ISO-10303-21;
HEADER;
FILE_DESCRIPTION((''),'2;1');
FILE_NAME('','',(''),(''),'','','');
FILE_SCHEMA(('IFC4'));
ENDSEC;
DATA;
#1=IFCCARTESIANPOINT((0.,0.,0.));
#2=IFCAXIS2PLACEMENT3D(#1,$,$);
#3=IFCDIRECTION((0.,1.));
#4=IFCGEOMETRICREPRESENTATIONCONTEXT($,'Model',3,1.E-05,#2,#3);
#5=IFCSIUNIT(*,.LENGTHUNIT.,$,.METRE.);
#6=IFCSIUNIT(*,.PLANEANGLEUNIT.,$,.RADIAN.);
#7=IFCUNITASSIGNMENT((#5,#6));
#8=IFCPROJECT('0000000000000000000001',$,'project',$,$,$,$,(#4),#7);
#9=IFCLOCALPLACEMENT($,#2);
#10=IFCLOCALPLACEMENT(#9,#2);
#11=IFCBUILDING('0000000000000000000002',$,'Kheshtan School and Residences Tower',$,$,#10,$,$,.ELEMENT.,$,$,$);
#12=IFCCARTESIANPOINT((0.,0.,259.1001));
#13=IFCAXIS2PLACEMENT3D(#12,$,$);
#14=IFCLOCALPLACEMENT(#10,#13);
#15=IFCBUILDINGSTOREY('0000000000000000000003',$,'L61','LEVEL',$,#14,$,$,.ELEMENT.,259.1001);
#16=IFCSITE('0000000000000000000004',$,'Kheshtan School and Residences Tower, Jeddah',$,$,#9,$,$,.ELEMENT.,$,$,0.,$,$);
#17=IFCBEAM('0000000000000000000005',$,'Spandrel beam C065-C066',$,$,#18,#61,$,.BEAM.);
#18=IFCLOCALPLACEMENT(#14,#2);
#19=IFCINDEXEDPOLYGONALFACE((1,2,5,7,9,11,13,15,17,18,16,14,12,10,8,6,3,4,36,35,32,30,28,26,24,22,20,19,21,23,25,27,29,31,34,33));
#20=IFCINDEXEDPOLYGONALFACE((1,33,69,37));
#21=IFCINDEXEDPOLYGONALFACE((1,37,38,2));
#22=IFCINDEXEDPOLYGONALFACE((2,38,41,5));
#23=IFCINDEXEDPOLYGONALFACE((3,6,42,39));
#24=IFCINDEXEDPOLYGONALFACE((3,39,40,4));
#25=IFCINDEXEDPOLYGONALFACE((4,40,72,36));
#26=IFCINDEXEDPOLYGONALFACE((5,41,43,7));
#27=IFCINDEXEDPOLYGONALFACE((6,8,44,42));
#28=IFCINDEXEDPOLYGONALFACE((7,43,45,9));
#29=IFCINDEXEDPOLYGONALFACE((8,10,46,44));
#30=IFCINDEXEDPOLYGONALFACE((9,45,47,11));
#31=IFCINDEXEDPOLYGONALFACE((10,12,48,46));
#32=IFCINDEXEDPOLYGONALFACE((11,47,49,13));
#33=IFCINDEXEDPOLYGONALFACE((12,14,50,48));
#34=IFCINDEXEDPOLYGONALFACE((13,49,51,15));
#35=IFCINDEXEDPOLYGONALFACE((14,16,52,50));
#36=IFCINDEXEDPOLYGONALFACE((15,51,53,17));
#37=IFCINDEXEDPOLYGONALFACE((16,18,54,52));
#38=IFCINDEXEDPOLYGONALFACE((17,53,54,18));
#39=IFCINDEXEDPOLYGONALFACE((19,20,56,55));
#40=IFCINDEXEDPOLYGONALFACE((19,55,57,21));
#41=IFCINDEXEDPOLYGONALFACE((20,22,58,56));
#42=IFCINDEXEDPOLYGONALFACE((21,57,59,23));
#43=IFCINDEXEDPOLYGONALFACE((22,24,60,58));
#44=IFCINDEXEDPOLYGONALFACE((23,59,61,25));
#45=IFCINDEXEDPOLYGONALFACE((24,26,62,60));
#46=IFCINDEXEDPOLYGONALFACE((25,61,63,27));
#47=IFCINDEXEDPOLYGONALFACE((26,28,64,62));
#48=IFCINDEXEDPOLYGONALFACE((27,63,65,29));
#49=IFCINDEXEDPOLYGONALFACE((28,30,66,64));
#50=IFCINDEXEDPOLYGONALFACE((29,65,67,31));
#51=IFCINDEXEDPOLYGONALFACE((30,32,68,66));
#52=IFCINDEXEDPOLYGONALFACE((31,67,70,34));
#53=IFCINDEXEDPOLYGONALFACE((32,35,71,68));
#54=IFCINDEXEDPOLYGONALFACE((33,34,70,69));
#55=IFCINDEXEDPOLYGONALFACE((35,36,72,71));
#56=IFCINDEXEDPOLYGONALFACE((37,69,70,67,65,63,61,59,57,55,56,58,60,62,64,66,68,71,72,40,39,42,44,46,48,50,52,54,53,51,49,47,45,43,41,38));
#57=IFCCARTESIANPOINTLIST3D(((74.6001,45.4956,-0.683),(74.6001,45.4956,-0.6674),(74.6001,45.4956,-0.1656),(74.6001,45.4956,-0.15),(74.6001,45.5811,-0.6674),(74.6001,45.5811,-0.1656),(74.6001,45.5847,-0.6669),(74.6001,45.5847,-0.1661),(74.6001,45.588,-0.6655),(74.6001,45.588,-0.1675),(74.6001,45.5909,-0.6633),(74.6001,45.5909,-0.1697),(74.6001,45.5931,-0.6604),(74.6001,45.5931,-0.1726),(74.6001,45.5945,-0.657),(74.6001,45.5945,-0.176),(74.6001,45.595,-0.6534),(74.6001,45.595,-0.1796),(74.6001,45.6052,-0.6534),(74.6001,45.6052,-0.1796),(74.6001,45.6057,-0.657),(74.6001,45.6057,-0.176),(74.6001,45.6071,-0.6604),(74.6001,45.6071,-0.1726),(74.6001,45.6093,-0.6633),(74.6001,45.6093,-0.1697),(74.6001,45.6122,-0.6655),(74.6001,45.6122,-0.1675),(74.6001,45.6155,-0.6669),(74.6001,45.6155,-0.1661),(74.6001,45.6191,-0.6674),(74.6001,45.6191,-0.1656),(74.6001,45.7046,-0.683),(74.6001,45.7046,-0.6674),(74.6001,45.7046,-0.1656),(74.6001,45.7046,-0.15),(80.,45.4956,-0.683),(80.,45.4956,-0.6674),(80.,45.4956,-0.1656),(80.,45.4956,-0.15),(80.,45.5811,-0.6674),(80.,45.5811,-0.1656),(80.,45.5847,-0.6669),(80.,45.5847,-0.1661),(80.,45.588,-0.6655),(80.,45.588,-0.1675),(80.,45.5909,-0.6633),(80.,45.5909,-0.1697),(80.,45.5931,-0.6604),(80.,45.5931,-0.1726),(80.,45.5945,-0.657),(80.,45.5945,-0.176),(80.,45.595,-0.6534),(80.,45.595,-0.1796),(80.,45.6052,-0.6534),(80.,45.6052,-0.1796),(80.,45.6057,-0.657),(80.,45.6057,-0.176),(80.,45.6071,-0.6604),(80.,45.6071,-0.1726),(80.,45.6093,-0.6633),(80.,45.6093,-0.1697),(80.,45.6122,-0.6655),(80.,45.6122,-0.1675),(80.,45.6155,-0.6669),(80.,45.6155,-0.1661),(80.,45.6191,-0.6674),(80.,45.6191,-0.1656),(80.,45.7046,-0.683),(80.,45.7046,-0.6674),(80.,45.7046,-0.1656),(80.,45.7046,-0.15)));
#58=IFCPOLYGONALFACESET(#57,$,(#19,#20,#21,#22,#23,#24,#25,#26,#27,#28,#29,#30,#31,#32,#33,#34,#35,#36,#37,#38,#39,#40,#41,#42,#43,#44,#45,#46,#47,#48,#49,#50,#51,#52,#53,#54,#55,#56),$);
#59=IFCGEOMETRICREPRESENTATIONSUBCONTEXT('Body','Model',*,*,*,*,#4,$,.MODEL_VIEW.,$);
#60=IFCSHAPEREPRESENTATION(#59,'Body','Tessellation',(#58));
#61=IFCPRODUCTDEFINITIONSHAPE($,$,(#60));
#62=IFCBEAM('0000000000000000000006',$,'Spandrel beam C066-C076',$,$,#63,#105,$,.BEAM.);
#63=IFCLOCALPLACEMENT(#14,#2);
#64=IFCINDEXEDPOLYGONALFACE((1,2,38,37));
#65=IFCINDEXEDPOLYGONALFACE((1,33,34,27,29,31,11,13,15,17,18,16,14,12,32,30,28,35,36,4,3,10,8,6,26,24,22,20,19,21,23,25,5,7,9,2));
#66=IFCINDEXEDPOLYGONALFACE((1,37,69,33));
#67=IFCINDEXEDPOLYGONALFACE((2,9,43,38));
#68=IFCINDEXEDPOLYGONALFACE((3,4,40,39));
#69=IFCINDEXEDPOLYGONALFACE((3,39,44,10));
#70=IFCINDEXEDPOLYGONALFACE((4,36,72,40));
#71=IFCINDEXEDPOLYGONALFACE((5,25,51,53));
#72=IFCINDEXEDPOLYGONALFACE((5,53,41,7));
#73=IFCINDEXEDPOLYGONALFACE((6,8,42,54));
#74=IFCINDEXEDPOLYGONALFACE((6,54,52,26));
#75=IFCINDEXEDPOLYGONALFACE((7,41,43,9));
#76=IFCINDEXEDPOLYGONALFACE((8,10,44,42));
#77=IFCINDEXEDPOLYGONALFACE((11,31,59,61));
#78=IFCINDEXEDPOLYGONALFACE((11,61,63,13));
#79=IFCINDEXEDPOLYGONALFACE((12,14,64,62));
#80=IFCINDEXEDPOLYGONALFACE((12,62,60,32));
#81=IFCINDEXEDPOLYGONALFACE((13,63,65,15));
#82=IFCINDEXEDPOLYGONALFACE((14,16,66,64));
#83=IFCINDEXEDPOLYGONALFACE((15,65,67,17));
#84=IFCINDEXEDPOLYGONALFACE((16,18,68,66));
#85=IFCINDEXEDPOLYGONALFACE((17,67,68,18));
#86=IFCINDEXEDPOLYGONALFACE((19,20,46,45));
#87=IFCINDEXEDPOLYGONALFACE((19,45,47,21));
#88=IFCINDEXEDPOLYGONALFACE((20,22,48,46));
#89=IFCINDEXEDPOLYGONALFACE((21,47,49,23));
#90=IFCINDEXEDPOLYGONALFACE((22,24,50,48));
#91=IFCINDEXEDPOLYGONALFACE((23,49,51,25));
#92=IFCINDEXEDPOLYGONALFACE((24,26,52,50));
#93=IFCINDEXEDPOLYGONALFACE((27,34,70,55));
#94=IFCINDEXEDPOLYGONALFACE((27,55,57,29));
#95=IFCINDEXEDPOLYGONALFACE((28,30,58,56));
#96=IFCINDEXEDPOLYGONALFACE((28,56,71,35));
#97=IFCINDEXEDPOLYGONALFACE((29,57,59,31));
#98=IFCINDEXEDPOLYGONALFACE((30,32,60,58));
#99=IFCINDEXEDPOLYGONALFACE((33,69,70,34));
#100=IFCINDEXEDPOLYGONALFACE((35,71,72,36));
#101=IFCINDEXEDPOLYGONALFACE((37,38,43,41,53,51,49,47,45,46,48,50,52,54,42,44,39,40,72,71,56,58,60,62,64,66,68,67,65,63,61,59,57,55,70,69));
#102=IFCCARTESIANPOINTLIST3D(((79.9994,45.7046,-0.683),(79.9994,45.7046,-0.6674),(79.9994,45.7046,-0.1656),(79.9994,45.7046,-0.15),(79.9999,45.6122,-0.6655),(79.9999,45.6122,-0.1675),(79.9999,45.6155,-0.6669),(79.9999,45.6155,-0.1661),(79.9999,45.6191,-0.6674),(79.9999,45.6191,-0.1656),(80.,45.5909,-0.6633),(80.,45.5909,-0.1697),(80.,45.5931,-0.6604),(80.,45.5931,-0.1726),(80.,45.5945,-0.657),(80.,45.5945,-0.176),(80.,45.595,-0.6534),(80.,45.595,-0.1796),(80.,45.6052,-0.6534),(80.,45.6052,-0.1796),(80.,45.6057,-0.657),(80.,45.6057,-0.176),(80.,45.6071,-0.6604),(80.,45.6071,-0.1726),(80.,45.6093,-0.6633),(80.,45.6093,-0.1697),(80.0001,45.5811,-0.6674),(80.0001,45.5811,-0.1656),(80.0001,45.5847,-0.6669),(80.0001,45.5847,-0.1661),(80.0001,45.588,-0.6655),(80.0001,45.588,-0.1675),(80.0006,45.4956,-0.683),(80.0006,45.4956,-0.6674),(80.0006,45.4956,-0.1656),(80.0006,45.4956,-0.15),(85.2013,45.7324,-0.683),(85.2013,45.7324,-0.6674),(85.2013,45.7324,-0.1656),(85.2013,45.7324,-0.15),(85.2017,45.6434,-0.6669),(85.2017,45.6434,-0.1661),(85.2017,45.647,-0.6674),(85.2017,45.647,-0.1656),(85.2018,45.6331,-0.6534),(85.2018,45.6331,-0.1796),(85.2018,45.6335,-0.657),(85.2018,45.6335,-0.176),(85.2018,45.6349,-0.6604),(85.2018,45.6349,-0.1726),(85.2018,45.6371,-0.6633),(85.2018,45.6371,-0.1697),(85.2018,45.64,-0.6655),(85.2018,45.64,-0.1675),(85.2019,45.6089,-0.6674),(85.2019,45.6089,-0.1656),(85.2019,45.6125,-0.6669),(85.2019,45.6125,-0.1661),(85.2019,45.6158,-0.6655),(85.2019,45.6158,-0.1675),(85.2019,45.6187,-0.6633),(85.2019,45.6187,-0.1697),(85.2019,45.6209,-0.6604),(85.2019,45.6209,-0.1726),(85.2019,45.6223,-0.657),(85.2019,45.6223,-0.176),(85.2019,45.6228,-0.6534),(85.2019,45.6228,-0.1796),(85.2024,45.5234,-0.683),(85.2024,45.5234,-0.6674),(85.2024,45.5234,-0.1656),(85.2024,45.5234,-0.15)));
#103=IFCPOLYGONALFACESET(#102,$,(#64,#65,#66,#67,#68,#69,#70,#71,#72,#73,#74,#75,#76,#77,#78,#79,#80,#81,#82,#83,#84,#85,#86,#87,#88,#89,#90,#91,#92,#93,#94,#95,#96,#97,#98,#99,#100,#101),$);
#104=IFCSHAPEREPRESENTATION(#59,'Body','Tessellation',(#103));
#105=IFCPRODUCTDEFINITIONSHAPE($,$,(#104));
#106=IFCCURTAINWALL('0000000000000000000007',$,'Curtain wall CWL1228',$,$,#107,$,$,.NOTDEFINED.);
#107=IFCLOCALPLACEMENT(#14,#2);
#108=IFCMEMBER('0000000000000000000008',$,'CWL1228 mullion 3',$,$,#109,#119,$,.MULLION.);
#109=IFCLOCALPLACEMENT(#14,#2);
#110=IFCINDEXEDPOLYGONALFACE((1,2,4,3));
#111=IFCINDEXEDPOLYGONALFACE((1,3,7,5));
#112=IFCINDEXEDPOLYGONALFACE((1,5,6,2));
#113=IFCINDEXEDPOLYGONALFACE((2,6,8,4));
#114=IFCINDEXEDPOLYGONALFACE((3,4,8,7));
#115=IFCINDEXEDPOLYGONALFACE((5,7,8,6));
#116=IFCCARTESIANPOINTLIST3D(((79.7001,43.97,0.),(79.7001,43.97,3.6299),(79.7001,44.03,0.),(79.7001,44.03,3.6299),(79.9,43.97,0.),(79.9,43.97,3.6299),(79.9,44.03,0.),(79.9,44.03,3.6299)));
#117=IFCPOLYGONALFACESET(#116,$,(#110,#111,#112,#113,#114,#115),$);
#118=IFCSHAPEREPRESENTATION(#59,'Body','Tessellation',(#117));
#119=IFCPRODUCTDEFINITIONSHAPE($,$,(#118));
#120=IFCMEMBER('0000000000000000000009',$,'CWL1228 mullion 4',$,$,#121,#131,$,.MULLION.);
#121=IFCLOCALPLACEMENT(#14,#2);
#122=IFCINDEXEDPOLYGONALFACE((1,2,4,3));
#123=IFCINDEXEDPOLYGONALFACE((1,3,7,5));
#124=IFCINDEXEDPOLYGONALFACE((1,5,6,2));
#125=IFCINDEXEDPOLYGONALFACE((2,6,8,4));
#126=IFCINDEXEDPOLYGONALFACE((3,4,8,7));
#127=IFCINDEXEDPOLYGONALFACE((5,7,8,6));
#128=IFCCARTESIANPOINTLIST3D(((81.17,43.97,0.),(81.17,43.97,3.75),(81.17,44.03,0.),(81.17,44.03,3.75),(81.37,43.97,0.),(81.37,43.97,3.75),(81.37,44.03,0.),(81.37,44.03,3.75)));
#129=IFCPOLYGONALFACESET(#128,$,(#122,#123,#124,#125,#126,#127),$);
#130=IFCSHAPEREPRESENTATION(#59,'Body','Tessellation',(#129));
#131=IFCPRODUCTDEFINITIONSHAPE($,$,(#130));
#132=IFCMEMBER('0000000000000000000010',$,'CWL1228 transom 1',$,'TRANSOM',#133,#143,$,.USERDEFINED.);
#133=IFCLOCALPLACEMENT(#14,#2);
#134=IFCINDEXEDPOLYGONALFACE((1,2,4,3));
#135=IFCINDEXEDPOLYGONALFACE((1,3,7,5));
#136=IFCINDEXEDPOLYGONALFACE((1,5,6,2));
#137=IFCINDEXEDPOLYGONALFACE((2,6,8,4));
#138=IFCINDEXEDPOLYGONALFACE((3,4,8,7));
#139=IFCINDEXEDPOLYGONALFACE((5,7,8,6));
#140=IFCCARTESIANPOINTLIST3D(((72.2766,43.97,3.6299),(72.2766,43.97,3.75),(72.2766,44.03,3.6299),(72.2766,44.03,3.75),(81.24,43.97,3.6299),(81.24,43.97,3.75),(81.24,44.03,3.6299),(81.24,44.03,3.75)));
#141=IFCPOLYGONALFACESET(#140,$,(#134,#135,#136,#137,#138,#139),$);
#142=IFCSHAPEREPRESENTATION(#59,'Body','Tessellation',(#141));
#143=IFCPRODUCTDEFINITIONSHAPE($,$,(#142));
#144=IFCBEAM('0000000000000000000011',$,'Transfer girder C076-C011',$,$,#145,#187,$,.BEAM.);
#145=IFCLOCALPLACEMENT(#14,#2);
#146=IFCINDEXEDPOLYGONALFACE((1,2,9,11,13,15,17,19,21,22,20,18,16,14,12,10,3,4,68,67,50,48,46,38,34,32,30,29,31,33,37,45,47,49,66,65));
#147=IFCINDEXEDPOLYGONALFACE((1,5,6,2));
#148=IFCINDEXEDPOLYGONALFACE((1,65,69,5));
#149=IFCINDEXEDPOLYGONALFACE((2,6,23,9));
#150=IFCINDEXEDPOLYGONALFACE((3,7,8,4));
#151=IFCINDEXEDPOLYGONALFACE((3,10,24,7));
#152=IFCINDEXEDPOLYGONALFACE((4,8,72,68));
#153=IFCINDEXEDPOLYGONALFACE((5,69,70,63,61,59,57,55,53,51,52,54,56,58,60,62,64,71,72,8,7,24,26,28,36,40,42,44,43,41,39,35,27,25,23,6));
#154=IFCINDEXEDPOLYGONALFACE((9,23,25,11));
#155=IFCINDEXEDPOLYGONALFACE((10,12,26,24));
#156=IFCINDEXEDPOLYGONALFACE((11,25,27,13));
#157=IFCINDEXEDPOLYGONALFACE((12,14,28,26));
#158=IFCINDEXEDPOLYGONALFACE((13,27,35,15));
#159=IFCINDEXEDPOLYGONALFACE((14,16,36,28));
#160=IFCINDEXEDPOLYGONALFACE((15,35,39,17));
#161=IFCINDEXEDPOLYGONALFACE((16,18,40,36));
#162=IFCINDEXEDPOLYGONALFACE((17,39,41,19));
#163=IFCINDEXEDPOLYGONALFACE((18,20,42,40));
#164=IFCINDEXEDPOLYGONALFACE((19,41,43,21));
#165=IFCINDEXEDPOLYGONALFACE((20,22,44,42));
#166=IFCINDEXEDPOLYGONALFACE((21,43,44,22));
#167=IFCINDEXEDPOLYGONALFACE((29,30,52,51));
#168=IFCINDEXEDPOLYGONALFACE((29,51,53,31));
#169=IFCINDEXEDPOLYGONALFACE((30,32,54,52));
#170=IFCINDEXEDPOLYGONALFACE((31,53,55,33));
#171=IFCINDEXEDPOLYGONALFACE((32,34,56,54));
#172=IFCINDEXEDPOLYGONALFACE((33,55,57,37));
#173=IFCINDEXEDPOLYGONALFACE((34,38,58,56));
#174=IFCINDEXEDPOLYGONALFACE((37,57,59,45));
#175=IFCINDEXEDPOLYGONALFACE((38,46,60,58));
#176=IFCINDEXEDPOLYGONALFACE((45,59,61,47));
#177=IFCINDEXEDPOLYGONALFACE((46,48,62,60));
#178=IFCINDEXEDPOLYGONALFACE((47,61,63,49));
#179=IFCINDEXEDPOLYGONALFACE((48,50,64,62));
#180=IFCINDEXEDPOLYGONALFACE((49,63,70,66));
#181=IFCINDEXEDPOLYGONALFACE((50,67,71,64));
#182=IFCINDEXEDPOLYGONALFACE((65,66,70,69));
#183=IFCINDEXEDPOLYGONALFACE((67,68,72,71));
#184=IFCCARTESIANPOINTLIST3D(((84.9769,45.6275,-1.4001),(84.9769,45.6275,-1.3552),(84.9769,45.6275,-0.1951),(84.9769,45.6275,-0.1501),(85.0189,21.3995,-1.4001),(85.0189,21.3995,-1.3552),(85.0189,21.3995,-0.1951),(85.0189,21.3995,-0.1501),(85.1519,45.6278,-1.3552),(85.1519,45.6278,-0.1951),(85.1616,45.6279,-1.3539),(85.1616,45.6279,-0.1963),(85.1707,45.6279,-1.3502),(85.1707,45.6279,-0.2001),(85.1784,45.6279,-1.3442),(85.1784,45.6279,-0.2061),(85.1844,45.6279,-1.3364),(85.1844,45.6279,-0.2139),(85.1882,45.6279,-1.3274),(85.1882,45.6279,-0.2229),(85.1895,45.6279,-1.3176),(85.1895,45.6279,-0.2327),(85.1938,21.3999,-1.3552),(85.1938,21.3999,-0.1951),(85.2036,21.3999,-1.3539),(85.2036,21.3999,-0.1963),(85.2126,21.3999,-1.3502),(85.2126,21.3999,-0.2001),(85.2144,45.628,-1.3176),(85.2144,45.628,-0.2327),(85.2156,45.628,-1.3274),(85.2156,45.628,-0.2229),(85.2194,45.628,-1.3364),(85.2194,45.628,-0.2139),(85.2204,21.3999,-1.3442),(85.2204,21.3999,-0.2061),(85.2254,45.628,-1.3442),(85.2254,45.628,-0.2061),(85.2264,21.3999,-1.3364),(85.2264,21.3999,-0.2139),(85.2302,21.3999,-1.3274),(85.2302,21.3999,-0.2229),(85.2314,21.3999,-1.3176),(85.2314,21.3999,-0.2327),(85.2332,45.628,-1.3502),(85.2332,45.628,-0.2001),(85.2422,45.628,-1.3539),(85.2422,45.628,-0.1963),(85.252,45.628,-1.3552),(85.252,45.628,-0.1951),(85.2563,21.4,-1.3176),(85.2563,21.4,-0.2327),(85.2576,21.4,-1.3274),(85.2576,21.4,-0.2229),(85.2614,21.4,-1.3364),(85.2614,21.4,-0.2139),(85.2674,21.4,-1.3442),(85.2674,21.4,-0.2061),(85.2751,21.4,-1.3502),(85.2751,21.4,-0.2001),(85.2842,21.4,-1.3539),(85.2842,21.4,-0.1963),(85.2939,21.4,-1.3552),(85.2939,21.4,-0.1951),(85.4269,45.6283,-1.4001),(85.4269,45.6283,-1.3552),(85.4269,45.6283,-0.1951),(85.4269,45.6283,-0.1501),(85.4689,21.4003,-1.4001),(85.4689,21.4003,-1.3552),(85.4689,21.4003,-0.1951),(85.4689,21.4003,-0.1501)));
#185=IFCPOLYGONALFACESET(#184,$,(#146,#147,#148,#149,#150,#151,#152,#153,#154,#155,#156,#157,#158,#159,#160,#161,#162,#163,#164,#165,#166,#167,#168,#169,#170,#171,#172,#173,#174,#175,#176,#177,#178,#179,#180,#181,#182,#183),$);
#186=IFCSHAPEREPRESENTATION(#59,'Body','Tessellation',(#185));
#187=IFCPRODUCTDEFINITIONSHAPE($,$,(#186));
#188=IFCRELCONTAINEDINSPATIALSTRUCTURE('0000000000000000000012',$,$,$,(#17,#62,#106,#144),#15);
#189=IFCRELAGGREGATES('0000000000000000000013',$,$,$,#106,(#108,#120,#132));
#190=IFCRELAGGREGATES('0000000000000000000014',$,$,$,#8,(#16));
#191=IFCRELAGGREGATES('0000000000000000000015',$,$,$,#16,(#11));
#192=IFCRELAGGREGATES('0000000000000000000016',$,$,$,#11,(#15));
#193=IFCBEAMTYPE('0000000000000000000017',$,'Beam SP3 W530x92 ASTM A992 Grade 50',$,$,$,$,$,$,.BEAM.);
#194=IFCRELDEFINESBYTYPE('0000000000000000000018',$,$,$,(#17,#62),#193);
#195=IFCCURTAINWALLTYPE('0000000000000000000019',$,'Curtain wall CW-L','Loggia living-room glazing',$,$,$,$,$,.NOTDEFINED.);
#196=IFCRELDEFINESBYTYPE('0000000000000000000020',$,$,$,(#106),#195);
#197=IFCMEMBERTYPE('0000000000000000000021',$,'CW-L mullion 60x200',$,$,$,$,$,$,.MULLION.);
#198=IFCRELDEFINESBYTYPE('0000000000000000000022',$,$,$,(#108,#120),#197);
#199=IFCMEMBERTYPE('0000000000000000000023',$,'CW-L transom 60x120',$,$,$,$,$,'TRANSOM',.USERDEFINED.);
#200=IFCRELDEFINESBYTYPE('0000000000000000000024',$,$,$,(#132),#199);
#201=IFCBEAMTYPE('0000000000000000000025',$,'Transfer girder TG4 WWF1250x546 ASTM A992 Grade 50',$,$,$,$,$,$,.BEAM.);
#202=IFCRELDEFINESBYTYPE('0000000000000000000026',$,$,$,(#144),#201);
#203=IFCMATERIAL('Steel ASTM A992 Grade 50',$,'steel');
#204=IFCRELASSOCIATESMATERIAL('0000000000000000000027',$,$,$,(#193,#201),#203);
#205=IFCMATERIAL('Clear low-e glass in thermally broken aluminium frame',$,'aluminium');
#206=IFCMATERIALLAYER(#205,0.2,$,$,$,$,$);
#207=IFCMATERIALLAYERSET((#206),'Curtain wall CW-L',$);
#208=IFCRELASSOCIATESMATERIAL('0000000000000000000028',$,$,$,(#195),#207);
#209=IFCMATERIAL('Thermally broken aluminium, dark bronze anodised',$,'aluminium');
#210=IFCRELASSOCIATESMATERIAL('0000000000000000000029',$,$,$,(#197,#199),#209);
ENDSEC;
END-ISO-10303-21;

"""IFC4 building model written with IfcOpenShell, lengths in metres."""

from ifc_helpers import new_model, si_unit, direction, frame, origin, origin_2d, place, context, subcontext, project, spatial, rectangle, i_section, extrude, material, layer, layer_set, material_profile, profile_set, type_object, element, aggregate, save


model = new_model("IFC4")

# Units and contexts
model_context = context("Model", 3, precision=1e-05, world=origin(), true_north=direction((0.0, 1.0)))
body_context = subcontext(model_context, "Body", "Model", "MODEL_VIEW")
ifc_project = project(units=[si_unit("LENGTHUNIT", "METRE"), si_unit("PLANEANGLEUNIT", "RADIAN")], contexts=[model_context])

# Site, building, storey
site_placement = place(None, origin())
site = spatial("IfcSite", under=ifc_project, at=site_placement, Name="Kheshtan School and Residences Tower, Jeddah", CompositionType="ELEMENT", RefElevation=0.0)
building_placement = place(site_placement, origin())
building = spatial("IfcBuilding", under=site, at=building_placement, Name="Kheshtan School and Residences Tower", CompositionType="ELEMENT")
storey_placement = place(building_placement, frame((0.0, 0.0, 259.1001)))
storey = spatial("IfcBuildingStorey", under=building, at=storey_placement, Name="L61", Description="LEVEL", CompositionType="ELEMENT", Elevation=259.1001)

# Shared definitions
ifc_material_1 = material(Name="Steel ASTM A992 Grade 50", Category="steel")

# Beams
ifc_material_profile_1 = material_profile(ifc_material_1, i_section(OverallWidth=0.209, OverallDepth=0.533, WebThickness=0.0103, FlangeThickness=0.0156, FilletRadius=0.0139, at=origin_2d()), Name="W530x92")
ifc_profile_set_1 = profile_set([ifc_material_profile_1], Name="Steel ASTM A992 Grade 50")
beam_type_1 = type_object("IfcBeamType", Name="Beam SP3 W530x92 ASTM A992 Grade 50", PredefinedType="BEAM", material=ifc_profile_set_1)
beam_1_placement = place(storey_placement, frame((74.6001, 45.6001, -0.4165), z_axis=(1.0, 0.0, 0.0), x_axis=(0.0, 1.0, 0.0)))
element("IfcBeam", 1, at=beam_1_placement, inside=storey, type_object=beam_type_1, Name="Spandrel beam C065-C066", PredefinedType="BEAM", context=body_context, shape_type="SweptSolid", body=[
    extrude(i_section(OverallWidth=0.209, OverallDepth=0.533, WebThickness=0.0103, FlangeThickness=0.0156, FilletRadius=0.0139, at=origin_2d()), origin(), (0.0, 0.0, 1.0), 5.3999),
])
beam_2_placement = place(storey_placement, frame((80.0, 45.6001, -0.4165), z_axis=(0.999986, 0.00535, 0.0), x_axis=(-0.00535, 0.999986, 0.0)))
element("IfcBeam", 2, at=beam_2_placement, inside=storey, type_object=beam_type_1, Name="Spandrel beam C066-C076", PredefinedType="BEAM", context=body_context, shape_type="SweptSolid", body=[
    extrude(i_section(OverallWidth=0.209, OverallDepth=0.533, WebThickness=0.0103, FlangeThickness=0.0156, FilletRadius=0.0139, at=origin_2d()), origin(), (0.0, 0.0, 1.0), 5.2019),
])

# Curtain wall, members
ifc_material_2 = material(Name="Clear low-e glass in thermally broken aluminium frame", Category="aluminium")
ifc_layer_1 = layer(ifc_material_2, 0.2)
ifc_layer_set_1 = layer_set([ifc_layer_1], Name="Curtain wall CW-L")
curtain_wall_type = type_object("IfcCurtainWallType", Name="Curtain wall CW-L", Description="Loggia living-room glazing", PredefinedType="NOTDEFINED", material=ifc_layer_set_1)
curtain_wall_placement = place(storey_placement, origin())
curtain_wall = element("IfcCurtainWall", 3, at=curtain_wall_placement, inside=storey, type_object=curtain_wall_type, Name="Curtain wall CWL1228", PredefinedType="NOTDEFINED")
ifc_material_3 = material(Name="Thermally broken aluminium, dark bronze anodised", Category="aluminium")
ifc_material_profile_2 = material_profile(ifc_material_3, rectangle(XDim=0.0601, YDim=0.2, at=origin_2d()), Name="CW-L mullion 60x200")
ifc_profile_set_2 = profile_set([ifc_material_profile_2], Name="Thermally broken aluminium, dark bronze anodised")
member_type_1 = type_object("IfcMemberType", Name="CW-L mullion 60x200", PredefinedType="MULLION", material=ifc_profile_set_2)
member_1_placement = place(storey_placement, frame((79.8, 44.0, 0.0), z_axis=(0.0, 0.0, 1.0), x_axis=(0.0, 1.0, 0.0)))
member_1 = element("IfcMember", 4, at=member_1_placement, type_object=member_type_1, Name="CWL1228 mullion 3", PredefinedType="MULLION", context=body_context, shape_type="SweptSolid", body=[
    extrude(rectangle(XDim=0.0601, YDim=0.2, at=origin_2d()), origin(), (0.0, 0.0, 1.0), 3.6299),
])
member_2_placement = place(storey_placement, frame((81.27, 44.0, 0.0), z_axis=(0.0, 0.0, 1.0), x_axis=(0.0, 1.0, 0.0)))
member_2 = element("IfcMember", 5, at=member_2_placement, type_object=member_type_1, Name="CWL1228 mullion 4", PredefinedType="MULLION", context=body_context, shape_type="SweptSolid", body=[
    extrude(rectangle(XDim=0.0601, YDim=0.2, at=origin_2d()), origin(), (0.0, 0.0, 1.0), 3.75),
])
ifc_material_profile_3 = material_profile(ifc_material_3, rectangle(XDim=0.0601, YDim=0.1201, at=origin_2d()), Name="CW-L transom 60x120")
ifc_profile_set_3 = profile_set([ifc_material_profile_3], Name="Thermally broken aluminium, dark bronze anodised")
member_type_2 = type_object("IfcMemberType", Name="CW-L transom 60x120", ElementType="TRANSOM", PredefinedType="USERDEFINED", material=ifc_profile_set_3)
member_3_placement = place(storey_placement, frame((72.2766, 44.0, 3.6899), z_axis=(1.0, 0.0, 0.0), x_axis=(0.0, 1.0, 0.0)))
member_3 = element("IfcMember", 6, at=member_3_placement, type_object=member_type_2, Name="CWL1228 transom 1", ObjectType="TRANSOM", PredefinedType="USERDEFINED", context=body_context, shape_type="SweptSolid", body=[
    extrude(rectangle(XDim=0.0601, YDim=0.1201, at=origin_2d()), origin(), (0.0, 0.0, 1.0), 8.9634),
])

# Beam
ifc_material_profile_4 = material_profile(ifc_material_1, i_section(OverallWidth=0.45, OverallDepth=1.25, WebThickness=0.0249, FlangeThickness=0.0449, FilletRadius=0.0376, at=origin_2d()), Name="WWF1250x546")
ifc_profile_set_4 = profile_set([ifc_material_profile_4], Name="Steel ASTM A992 Grade 50")
beam_type_2 = type_object("IfcBeamType", Name="Transfer girder TG4 WWF1250x546 ASTM A992 Grade 50", PredefinedType="BEAM", material=ifc_profile_set_4)
beam_3_placement = place(storey_placement, frame((85.2019, 45.6279, -0.7751), z_axis=(0.001733, -0.999998, 0.0), x_axis=(0.999998, 0.001733, 0.0)))
element("IfcBeam", 7, at=beam_3_placement, inside=storey, type_object=beam_type_2, Name="Transfer girder C076-C011", PredefinedType="BEAM", context=body_context, shape_type="SweptSolid", body=[
    extrude(i_section(OverallWidth=0.45, OverallDepth=1.25, WebThickness=0.0249, FlangeThickness=0.0449, FilletRadius=0.0376, at=origin_2d()), origin(), (0.0, 0.0, 1.0), 24.228),
])

aggregate(curtain_wall, [member_1, member_2, member_3])

save(model, "model.ifc")
